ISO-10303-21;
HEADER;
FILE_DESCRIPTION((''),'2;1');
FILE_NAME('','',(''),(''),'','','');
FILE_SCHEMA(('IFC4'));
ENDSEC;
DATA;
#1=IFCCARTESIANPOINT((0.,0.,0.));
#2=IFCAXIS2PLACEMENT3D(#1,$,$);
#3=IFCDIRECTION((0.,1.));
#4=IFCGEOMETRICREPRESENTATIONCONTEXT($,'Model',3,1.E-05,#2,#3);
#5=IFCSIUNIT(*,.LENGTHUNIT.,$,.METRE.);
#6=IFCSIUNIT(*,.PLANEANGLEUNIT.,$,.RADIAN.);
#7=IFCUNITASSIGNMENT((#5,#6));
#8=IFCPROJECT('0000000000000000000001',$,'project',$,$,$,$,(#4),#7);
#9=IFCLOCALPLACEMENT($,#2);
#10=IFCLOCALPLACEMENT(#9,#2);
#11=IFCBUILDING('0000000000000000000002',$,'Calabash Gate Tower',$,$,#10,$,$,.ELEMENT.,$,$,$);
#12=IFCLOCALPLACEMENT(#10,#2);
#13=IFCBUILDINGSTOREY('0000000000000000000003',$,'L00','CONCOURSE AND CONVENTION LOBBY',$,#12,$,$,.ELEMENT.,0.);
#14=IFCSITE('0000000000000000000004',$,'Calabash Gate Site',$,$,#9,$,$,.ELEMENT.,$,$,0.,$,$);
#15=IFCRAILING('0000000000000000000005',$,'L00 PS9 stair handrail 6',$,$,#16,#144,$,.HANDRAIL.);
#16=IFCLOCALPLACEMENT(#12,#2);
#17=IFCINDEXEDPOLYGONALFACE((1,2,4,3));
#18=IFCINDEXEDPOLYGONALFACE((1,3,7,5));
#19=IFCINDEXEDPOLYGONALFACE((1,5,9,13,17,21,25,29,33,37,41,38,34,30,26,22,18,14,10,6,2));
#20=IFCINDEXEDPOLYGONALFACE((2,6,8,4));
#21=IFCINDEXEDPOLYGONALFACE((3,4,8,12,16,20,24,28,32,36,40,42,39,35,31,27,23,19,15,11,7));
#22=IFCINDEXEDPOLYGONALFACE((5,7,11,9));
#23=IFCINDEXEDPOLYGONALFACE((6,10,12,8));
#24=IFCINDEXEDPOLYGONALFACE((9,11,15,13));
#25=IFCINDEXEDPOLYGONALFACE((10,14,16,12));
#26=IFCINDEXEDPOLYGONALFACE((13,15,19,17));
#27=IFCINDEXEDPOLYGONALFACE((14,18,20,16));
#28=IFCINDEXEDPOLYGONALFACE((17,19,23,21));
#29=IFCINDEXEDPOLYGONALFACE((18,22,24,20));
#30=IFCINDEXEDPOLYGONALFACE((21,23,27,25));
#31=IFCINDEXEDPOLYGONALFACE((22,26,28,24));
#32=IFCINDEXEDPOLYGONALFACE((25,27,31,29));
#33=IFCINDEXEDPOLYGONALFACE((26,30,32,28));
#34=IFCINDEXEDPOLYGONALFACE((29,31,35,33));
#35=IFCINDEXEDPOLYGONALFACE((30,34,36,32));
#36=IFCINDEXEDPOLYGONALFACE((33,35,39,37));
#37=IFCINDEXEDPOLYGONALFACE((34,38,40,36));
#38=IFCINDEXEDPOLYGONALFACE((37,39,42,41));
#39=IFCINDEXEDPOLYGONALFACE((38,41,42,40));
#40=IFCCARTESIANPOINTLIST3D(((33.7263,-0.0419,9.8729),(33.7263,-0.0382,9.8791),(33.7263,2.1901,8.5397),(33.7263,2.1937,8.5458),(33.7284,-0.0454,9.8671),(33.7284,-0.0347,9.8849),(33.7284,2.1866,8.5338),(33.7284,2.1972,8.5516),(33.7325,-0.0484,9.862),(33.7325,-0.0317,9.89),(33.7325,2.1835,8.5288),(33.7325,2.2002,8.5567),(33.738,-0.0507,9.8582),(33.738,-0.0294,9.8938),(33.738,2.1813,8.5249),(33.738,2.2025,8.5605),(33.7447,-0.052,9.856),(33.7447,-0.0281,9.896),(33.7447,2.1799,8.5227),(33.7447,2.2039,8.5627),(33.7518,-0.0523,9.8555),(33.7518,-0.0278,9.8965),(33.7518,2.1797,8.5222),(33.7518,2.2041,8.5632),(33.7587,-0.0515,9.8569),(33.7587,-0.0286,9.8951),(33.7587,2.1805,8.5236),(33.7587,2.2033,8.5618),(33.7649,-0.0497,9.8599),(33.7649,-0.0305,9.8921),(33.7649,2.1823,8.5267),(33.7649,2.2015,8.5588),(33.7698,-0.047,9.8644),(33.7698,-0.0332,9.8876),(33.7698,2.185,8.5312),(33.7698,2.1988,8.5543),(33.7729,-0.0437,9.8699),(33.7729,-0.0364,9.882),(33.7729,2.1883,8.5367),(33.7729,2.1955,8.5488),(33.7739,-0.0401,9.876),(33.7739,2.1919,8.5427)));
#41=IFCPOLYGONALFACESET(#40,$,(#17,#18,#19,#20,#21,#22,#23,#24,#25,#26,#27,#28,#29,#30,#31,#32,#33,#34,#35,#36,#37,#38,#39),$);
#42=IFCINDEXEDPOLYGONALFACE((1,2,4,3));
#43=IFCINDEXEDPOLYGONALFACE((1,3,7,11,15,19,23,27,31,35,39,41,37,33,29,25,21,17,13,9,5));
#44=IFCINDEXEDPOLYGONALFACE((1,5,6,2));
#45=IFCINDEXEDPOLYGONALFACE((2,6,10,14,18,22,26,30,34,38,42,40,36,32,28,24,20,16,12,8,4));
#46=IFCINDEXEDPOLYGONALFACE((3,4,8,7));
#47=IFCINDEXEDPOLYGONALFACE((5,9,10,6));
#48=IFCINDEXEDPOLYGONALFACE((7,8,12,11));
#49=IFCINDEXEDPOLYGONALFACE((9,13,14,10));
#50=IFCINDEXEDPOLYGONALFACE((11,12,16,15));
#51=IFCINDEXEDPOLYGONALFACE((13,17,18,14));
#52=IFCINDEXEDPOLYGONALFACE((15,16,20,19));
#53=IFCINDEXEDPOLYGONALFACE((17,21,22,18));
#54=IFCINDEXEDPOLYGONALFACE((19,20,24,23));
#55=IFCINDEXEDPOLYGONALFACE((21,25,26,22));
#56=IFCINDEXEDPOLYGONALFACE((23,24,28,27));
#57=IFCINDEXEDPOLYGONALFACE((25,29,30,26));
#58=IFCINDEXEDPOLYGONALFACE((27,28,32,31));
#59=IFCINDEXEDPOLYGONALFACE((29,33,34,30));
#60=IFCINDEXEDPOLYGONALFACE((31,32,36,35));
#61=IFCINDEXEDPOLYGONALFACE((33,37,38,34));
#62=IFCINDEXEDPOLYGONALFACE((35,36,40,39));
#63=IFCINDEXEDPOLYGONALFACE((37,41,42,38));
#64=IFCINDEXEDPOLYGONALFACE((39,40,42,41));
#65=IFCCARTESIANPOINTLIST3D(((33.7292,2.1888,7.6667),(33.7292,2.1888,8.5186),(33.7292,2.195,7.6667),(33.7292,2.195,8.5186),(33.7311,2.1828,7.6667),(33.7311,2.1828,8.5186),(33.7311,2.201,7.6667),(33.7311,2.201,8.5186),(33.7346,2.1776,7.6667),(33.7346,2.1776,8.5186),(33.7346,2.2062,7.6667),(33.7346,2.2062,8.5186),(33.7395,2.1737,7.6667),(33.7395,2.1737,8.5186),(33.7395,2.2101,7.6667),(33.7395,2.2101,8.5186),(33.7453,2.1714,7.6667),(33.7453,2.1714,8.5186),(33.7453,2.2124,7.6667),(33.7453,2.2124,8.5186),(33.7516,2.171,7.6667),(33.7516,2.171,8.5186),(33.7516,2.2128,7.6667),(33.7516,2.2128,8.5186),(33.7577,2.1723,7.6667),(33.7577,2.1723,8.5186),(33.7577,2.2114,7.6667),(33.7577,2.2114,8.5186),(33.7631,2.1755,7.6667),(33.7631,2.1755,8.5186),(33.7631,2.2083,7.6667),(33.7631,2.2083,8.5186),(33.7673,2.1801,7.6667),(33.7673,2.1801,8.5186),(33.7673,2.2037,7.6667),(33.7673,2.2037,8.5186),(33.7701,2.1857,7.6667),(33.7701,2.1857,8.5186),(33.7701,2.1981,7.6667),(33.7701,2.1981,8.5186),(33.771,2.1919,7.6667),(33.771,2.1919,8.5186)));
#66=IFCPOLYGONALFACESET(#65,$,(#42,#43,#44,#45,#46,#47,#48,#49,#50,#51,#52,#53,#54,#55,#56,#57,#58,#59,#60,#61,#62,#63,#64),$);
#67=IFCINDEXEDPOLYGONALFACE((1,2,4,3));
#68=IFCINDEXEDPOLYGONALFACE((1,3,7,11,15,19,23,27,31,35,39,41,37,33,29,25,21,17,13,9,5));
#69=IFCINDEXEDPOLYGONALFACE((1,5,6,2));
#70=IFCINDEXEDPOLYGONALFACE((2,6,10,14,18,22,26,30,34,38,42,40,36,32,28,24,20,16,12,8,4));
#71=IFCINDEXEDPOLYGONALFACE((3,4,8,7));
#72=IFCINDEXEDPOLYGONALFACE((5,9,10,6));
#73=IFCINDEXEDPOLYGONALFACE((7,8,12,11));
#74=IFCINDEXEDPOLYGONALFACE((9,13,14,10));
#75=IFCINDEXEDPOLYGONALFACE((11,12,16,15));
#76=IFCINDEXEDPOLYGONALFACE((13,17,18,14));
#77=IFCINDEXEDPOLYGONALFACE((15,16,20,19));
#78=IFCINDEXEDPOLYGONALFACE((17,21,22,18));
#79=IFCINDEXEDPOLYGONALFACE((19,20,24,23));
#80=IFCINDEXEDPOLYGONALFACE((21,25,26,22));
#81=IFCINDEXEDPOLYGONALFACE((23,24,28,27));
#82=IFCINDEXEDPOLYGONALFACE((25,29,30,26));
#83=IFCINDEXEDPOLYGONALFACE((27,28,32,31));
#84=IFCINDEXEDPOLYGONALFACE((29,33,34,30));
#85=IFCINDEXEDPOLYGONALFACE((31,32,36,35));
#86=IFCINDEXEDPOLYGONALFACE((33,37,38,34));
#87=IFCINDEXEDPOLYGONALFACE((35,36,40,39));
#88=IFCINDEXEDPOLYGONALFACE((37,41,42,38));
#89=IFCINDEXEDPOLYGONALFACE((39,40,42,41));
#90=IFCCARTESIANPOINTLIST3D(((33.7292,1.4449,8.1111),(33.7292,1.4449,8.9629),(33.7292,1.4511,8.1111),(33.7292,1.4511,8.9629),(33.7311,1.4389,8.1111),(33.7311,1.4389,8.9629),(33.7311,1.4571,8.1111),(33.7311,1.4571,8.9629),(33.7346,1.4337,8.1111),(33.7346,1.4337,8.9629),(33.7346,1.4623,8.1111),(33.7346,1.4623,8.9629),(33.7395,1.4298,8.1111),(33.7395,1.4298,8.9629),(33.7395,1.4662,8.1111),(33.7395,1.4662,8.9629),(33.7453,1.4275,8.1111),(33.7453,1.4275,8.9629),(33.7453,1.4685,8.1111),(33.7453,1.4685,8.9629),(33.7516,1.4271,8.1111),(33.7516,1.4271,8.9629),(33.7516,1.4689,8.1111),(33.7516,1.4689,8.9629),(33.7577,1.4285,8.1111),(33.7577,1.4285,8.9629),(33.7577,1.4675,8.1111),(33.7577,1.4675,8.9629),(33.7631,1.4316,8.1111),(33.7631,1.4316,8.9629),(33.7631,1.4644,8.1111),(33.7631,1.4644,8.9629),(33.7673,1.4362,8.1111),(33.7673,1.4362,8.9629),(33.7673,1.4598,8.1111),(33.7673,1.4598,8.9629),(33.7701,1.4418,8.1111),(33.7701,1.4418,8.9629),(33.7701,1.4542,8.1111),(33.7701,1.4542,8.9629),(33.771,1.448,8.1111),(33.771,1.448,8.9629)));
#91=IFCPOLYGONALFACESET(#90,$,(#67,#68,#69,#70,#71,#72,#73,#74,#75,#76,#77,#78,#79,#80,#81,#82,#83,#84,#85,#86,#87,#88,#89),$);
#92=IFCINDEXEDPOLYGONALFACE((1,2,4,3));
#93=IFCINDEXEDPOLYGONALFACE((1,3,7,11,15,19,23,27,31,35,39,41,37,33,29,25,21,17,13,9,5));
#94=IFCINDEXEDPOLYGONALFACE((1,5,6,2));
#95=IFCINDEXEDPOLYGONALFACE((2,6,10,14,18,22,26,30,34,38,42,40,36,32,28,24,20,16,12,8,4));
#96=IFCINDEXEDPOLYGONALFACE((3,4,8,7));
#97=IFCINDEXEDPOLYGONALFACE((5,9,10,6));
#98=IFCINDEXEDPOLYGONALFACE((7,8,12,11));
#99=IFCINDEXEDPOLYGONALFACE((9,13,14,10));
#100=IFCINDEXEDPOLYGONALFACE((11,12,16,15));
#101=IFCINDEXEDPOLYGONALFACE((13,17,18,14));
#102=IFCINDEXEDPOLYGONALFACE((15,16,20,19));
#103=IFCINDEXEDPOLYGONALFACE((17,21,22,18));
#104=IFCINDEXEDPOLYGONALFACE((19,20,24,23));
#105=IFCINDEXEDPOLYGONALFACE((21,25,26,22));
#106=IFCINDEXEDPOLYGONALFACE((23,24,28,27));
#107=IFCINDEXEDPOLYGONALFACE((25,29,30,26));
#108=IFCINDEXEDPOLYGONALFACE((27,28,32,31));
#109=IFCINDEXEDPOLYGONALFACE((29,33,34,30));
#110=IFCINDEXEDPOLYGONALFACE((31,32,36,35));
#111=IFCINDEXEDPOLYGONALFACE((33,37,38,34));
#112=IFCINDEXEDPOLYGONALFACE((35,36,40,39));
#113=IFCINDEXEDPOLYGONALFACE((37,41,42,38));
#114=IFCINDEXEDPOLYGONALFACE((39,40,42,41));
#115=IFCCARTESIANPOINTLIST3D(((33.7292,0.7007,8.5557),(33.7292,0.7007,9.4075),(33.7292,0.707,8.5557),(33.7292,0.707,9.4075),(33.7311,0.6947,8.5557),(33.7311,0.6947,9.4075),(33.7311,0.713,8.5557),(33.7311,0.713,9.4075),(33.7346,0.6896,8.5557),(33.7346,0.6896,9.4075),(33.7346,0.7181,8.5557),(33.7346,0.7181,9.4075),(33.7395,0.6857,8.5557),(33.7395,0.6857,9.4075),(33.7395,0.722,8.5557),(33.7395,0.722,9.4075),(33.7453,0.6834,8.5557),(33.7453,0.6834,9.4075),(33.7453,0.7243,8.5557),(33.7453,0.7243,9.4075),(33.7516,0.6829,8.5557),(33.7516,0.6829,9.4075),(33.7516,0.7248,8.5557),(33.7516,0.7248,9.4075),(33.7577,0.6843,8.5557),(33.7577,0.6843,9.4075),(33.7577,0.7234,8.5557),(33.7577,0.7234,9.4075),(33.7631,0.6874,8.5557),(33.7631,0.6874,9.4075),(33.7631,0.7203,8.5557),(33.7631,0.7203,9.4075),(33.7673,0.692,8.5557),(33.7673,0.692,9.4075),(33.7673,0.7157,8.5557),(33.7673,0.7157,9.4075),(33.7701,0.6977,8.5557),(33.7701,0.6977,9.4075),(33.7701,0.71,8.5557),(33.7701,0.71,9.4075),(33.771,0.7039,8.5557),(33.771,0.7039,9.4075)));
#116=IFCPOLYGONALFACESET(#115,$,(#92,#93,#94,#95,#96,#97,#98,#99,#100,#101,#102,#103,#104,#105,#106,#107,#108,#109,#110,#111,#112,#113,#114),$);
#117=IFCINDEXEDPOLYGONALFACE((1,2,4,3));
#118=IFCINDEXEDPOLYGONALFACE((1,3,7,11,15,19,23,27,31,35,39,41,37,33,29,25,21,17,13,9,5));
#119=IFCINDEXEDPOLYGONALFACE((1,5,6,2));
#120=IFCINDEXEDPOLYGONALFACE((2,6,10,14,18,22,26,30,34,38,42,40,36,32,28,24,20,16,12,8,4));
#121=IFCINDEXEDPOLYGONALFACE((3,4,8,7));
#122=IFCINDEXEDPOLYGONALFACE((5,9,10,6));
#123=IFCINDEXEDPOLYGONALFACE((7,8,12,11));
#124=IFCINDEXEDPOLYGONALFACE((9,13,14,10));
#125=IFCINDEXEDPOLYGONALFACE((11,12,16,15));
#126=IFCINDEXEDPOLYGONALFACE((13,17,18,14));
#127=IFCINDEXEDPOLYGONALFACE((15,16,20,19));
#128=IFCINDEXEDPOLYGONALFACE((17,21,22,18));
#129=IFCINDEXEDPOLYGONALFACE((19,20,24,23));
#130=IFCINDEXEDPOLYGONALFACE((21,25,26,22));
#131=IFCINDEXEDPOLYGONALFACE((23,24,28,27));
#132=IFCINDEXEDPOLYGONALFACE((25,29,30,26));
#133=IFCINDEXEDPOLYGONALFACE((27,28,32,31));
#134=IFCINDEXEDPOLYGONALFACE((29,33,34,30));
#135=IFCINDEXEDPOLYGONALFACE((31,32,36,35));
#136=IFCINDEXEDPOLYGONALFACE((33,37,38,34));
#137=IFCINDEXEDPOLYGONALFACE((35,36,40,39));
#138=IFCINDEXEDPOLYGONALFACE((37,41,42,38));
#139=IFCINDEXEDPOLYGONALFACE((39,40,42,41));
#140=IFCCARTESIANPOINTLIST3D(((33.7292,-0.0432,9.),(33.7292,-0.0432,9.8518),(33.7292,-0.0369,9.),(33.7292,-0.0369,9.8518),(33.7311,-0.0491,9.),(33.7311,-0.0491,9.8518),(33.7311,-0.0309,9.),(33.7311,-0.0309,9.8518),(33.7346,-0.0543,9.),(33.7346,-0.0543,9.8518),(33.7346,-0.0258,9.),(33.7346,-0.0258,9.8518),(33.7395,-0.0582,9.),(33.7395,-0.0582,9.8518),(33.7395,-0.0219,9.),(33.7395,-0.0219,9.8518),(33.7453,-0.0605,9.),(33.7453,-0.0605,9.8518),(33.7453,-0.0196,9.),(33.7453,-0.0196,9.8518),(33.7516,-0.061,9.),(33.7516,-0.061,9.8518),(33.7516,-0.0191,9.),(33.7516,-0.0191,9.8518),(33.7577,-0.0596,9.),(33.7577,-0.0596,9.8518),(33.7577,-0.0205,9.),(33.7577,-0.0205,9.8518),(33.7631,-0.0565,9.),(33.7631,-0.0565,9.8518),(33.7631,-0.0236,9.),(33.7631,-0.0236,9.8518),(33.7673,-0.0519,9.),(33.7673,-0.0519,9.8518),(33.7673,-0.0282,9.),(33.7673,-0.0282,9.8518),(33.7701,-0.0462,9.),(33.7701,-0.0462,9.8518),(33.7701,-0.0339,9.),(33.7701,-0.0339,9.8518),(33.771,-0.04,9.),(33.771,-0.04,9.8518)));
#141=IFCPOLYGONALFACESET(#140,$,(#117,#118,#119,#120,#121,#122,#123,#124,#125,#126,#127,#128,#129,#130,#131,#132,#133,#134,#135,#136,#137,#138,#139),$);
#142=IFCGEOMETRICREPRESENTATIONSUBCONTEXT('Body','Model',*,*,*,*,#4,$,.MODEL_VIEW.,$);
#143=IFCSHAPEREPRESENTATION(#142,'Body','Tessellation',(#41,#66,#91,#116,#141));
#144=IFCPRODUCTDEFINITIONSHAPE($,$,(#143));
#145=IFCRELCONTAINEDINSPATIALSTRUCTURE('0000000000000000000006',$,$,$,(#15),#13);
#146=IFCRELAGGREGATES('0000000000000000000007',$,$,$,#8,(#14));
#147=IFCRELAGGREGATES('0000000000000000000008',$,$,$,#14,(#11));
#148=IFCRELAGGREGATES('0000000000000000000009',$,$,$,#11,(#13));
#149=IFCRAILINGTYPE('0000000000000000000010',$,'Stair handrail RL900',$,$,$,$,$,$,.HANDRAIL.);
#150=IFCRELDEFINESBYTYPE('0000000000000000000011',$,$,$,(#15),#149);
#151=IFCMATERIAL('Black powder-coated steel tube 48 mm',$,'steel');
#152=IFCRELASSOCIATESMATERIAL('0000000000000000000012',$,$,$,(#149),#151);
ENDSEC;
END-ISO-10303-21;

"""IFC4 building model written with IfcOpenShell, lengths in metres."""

from ifc_helpers import new_model, si_unit, direction, frame, origin, origin_2d, place, context, subcontext, project, spatial, circle, extrude, material, type_object, element, save


model = new_model("IFC4")

# Units and contexts
model_context = context("Model", 3, precision=1e-05, world=origin(), true_north=direction((0.0, 1.0)))
body_context = subcontext(model_context, "Body", "Model", "MODEL_VIEW")
ifc_project = project(units=[si_unit("LENGTHUNIT", "METRE"), si_unit("PLANEANGLEUNIT", "RADIAN")], contexts=[model_context])

# Site, building, storey
site_placement = place(None, origin())
site = spatial("IfcSite", under=ifc_project, at=site_placement, Name="Calabash Gate Site", CompositionType="ELEMENT", RefElevation=0.0)
building_placement = place(site_placement, origin())
building = spatial("IfcBuilding", under=site, at=building_placement, Name="Calabash Gate Tower", CompositionType="ELEMENT")
storey_placement = place(building_placement, origin())
storey = spatial("IfcBuildingStorey", under=building, at=storey_placement, Name="L00", Description="CONCOURSE AND CONVENTION LOBBY", CompositionType="ELEMENT", Elevation=0.0)

# Railing
ifc_material_1 = material(Name="Black powder-coated steel tube 48 mm", Category="steel")
railing_type_1 = type_object("IfcRailingType", Name="Stair handrail RL900", PredefinedType="HANDRAIL", material=ifc_material_1)
railing_1_placement = place(storey_placement, frame((33.75, 2.1919, 7.6667)))
element("IfcRailing", 1, at=railing_1_placement, inside=storey, type_object=railing_type_1, Name="L00 PS9 stair handrail 6", PredefinedType="HANDRAIL", context=body_context, shape_type="SweptSolid", body=[
    extrude(circle(Radius=0.0239, at=origin_2d()), frame((0.0, 0.0, 0.876), z_axis=(0.0, -0.858494, 0.512824), x_axis=(1.0, 0.0, 0.0)), (0.0, 0.0, 1.0), 2.5999),
    extrude(circle(Radius=0.021, at=origin_2d()), origin(), (0.0, 0.0, 1.0), 0.8518),
    extrude(circle(Radius=0.021, at=origin_2d()), frame((0.0, -0.7439, 0.4443)), (0.0, 0.0, 1.0), 0.8518),
    extrude(circle(Radius=0.021, at=origin_2d()), frame((0.0, -1.488, 0.8889)), (0.0, 0.0, 1.0), 0.8518),
    extrude(circle(Radius=0.021, at=origin_2d()), frame((0.0, -2.2319, 1.3333)), (0.0, 0.0, 1.0), 0.8518),
])

save(model, "model.ifc")
